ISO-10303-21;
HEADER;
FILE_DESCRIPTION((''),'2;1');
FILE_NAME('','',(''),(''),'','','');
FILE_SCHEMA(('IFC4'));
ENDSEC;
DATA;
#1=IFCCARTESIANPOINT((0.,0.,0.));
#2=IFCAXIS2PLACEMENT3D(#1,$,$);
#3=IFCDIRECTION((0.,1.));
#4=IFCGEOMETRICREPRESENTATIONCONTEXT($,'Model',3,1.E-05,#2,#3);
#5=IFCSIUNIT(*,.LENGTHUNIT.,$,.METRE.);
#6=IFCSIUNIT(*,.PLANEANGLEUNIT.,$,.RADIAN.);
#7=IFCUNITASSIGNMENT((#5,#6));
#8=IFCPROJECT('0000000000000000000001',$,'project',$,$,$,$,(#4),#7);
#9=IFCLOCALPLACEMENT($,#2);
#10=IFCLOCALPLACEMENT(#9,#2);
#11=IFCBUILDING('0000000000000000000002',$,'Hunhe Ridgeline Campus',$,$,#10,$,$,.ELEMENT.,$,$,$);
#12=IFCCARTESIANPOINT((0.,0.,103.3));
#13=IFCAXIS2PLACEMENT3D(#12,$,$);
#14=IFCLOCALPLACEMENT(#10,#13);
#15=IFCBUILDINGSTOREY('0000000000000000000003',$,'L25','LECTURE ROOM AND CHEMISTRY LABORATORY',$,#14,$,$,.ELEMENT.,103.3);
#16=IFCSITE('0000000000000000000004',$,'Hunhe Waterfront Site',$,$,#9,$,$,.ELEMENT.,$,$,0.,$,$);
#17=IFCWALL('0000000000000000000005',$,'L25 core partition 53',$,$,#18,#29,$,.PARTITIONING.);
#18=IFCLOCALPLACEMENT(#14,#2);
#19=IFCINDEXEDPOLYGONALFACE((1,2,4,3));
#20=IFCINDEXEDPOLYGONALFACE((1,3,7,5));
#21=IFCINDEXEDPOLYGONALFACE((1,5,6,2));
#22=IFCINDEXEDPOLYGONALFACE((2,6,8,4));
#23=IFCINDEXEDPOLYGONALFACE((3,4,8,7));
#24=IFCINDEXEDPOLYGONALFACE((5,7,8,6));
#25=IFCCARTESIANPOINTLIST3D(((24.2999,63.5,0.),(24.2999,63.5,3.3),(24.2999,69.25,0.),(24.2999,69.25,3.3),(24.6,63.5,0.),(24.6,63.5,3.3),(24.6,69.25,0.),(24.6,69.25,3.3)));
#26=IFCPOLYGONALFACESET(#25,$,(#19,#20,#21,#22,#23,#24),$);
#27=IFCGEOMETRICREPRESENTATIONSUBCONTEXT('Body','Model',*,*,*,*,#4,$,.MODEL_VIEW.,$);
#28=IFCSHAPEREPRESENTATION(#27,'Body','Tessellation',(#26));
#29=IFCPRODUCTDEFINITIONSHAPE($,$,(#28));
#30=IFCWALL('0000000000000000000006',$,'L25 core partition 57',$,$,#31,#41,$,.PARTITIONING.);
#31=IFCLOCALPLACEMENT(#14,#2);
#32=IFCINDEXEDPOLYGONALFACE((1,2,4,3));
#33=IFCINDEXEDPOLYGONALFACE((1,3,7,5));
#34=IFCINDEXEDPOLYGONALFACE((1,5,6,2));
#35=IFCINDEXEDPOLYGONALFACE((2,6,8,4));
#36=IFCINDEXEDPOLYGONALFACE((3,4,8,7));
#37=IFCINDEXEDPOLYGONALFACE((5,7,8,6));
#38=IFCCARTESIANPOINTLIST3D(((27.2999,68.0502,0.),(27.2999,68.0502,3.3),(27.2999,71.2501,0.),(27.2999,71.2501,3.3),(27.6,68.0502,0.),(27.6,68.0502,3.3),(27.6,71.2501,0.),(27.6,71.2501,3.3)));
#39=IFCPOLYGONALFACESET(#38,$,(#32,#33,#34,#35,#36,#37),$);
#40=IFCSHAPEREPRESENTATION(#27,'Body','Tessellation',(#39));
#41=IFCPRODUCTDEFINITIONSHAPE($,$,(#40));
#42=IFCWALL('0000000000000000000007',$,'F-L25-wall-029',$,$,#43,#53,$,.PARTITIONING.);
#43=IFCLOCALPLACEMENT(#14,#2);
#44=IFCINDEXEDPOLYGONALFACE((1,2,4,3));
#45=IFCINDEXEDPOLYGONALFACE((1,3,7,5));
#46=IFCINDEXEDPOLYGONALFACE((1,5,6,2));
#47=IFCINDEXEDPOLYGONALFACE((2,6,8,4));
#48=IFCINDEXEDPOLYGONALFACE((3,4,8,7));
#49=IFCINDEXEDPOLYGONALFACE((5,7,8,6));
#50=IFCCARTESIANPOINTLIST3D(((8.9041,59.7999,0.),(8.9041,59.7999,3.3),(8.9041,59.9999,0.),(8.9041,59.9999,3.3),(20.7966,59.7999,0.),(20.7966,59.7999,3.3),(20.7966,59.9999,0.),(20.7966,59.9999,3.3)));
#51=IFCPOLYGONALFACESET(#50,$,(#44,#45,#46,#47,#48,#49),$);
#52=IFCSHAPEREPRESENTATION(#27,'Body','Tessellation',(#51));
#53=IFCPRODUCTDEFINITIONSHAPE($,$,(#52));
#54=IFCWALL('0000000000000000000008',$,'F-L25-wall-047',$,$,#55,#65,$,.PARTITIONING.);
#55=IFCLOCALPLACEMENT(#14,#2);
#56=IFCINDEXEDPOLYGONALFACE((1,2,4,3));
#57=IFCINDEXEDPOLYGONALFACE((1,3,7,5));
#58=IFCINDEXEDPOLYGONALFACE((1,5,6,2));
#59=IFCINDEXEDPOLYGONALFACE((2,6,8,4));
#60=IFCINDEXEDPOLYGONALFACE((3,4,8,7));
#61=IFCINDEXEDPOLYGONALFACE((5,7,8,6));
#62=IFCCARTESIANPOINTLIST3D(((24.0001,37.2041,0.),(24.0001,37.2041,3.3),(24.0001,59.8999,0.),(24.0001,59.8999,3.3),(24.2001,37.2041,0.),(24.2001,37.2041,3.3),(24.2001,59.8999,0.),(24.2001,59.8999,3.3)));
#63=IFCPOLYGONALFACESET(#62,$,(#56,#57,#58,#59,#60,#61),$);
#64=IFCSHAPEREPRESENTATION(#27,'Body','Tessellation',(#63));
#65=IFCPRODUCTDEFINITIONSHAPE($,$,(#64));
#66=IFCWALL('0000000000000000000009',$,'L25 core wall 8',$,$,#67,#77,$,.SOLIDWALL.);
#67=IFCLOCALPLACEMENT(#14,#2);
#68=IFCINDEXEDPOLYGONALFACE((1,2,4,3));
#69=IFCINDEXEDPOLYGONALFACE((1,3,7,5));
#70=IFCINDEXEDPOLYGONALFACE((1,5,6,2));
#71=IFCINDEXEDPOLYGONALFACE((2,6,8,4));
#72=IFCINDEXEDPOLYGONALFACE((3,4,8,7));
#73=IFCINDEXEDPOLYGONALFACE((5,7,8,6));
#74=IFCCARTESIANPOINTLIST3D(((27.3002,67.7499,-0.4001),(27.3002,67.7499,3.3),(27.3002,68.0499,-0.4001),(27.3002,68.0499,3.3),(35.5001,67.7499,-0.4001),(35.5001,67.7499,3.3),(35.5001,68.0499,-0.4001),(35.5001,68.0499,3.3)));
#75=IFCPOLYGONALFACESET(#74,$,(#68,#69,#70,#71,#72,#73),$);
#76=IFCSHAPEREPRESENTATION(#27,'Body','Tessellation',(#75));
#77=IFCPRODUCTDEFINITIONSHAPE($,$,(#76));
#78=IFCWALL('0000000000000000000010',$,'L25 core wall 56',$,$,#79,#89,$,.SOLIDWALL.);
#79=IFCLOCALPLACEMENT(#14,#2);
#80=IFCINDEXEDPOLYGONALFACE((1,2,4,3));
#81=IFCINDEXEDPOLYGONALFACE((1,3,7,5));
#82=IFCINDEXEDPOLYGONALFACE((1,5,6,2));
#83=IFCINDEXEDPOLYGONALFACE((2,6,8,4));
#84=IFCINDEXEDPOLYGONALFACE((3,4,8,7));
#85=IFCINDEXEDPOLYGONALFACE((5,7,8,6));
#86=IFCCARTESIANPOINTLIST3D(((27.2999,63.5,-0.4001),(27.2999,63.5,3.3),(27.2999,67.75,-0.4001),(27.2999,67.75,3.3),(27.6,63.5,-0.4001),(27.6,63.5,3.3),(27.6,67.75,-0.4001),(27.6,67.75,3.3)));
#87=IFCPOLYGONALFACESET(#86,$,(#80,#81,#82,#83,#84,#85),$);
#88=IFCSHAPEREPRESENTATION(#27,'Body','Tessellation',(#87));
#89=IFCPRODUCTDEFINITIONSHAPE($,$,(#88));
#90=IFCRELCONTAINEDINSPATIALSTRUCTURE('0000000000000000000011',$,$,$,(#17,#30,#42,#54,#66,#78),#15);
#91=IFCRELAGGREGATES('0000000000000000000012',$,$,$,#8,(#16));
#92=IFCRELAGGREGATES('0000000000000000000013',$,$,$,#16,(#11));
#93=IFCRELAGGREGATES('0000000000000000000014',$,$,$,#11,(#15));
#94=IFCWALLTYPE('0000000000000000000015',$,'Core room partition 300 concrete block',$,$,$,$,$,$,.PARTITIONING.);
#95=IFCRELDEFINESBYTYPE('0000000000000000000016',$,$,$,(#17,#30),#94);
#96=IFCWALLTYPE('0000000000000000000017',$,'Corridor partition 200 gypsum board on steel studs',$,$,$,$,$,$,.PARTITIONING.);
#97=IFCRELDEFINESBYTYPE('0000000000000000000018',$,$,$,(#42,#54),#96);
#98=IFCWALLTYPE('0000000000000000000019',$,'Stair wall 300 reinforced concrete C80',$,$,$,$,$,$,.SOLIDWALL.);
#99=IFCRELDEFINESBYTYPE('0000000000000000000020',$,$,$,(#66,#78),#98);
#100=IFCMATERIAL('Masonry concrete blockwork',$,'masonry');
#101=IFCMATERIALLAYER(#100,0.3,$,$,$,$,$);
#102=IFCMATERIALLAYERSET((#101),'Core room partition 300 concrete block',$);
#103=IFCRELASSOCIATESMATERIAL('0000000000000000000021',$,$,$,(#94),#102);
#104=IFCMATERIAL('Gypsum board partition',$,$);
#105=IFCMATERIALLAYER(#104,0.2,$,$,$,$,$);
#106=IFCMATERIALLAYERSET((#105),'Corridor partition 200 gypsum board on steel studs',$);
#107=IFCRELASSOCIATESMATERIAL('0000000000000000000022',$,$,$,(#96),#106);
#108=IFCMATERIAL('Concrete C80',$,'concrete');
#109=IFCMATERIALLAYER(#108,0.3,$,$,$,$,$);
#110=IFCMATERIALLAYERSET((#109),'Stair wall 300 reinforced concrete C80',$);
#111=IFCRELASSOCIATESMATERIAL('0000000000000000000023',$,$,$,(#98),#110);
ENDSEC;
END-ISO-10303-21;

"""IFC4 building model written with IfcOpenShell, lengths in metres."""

from ifc_helpers import new_model, si_unit, direction, frame, frame_2d, origin, place, context, subcontext, project, spatial, rectangle, extrude, material, layer, layer_set, type_object, element, save


model = new_model("IFC4")

# Units and contexts
model_context = context("Model", 3, precision=1e-05, world=origin(), true_north=direction((0.0, 1.0)))
body_context = subcontext(model_context, "Body", "Model", "MODEL_VIEW")
ifc_project = project(units=[si_unit("LENGTHUNIT", "METRE"), si_unit("PLANEANGLEUNIT", "RADIAN")], contexts=[model_context])

# Site, building, storey
site_placement = place(None, origin())
site = spatial("IfcSite", under=ifc_project, at=site_placement, Name="Hunhe Waterfront Site", CompositionType="ELEMENT", RefElevation=0.0)
building_placement = place(site_placement, origin())
building = spatial("IfcBuilding", under=site, at=building_placement, Name="Hunhe Ridgeline Campus", CompositionType="ELEMENT")
storey_placement = place(building_placement, frame((0.0, 0.0, 103.3)))
storey = spatial("IfcBuildingStorey", under=building, at=storey_placement, Name="L25", Description="LECTURE ROOM AND CHEMISTRY LABORATORY", CompositionType="ELEMENT", Elevation=103.3)

# Walls
ifc_material_1 = material(Name="Masonry concrete blockwork", Category="masonry")
ifc_layer_1 = layer(ifc_material_1, 0.3)
ifc_layer_set_1 = layer_set([ifc_layer_1], Name="Core room partition 300 concrete block")
wall_type_1 = type_object("IfcWallType", Name="Core room partition 300 concrete block", PredefinedType="PARTITIONING", material=ifc_layer_set_1)
wall_1_placement = place(storey_placement, frame((24.45, 63.5, 0.0), z_axis=(0.0, 0.0, 1.0), x_axis=(0.0, 1.0, 0.0)))
element("IfcWall", 1, at=wall_1_placement, inside=storey, type_object=wall_type_1, Name="L25 core partition 53", PredefinedType="PARTITIONING", context=body_context, shape_type="SweptSolid", body=[
    extrude(rectangle(XDim=5.75, YDim=0.3, at=frame_2d((2.875, 0.0))), origin(), (0.0, 0.0, 1.0), 3.3),
])
wall_2_placement = place(storey_placement, frame((27.45, 68.05, 0.0), z_axis=(0.0, 0.0, 1.0), x_axis=(0.0, 1.0, 0.0)))
element("IfcWall", 2, at=wall_2_placement, inside=storey, type_object=wall_type_1, Name="L25 core partition 57", PredefinedType="PARTITIONING", context=body_context, shape_type="SweptSolid", body=[
    extrude(rectangle(XDim=3.2, YDim=0.3, at=frame_2d((1.6001, 0.0))), origin(), (0.0, 0.0, 1.0), 3.3),
])
ifc_material_2 = material(Name="Gypsum board partition")
ifc_layer_2 = layer(ifc_material_2, 0.2)
ifc_layer_set_2 = layer_set([ifc_layer_2], Name="Corridor partition 200 gypsum board on steel studs")
wall_type_2 = type_object("IfcWallType", Name="Corridor partition 200 gypsum board on steel studs", PredefinedType="PARTITIONING", material=ifc_layer_set_2)
wall_3_placement = place(storey_placement, frame((20.7966, 59.8999, 0.0), z_axis=(0.0, 0.0, 1.0), x_axis=(-1.0, 0.0, 0.0)))
element("IfcWall", 3, at=wall_3_placement, inside=storey, type_object=wall_type_2, Name="F-L25-wall-029", PredefinedType="PARTITIONING", context=body_context, shape_type="SweptSolid", body=[
    extrude(rectangle(XDim=11.8926, YDim=0.2, at=frame_2d((5.9463, 0.0))), origin(), (0.0, 0.0, 1.0), 3.3),
])

# Wall
wall_4_placement = place(storey_placement, frame((24.1001, 59.8999, 0.0), z_axis=(0.0, 0.0, 1.0), x_axis=(0.0, -1.0, 0.0)))
element("IfcWall", 4, at=wall_4_placement, inside=storey, type_object=wall_type_2, Name="F-L25-wall-047", PredefinedType="PARTITIONING", context=body_context, shape_type="SweptSolid", body=[
    extrude(rectangle(XDim=22.6958, YDim=0.2, at=frame_2d((11.3479, 0.0))), origin(), (0.0, 0.0, 1.0), 3.3),
])

# Walls
ifc_material_3 = material(Name="Concrete C80", Category="concrete")
ifc_layer_3 = layer(ifc_material_3, 0.3)
ifc_layer_set_3 = layer_set([ifc_layer_3], Name="Stair wall 300 reinforced concrete C80")
wall_type_3 = type_object("IfcWallType", Name="Stair wall 300 reinforced concrete C80", PredefinedType="SOLIDWALL", material=ifc_layer_set_3)
wall_5_placement = place(storey_placement, frame((27.3, 67.8999, -0.4001), z_axis=(0.0, 0.0, 1.0), x_axis=(1.0, 0.0, 0.0)))
element("IfcWall", 5, at=wall_5_placement, inside=storey, type_object=wall_type_3, Name="L25 core wall 8", PredefinedType="SOLIDWALL", context=body_context, shape_type="SweptSolid", body=[
    extrude(rectangle(XDim=8.2, YDim=0.3, at=frame_2d((4.1001, 0.0))), origin(), (0.0, 0.0, 1.0), 3.7002),
])
wall_6_placement = place(storey_placement, frame((27.45, 63.5, -0.4001), z_axis=(0.0, 0.0, 1.0), x_axis=(0.0, 1.0, 0.0)))
element("IfcWall", 6, at=wall_6_placement, inside=storey, type_object=wall_type_3, Name="L25 core wall 56", PredefinedType="SOLIDWALL", context=body_context, shape_type="SweptSolid", body=[
    extrude(rectangle(XDim=4.25, YDim=0.3, at=frame_2d((2.125, 0.0))), origin(), (0.0, 0.0, 1.0), 3.7002),
])

save(model, "model.ifc")
